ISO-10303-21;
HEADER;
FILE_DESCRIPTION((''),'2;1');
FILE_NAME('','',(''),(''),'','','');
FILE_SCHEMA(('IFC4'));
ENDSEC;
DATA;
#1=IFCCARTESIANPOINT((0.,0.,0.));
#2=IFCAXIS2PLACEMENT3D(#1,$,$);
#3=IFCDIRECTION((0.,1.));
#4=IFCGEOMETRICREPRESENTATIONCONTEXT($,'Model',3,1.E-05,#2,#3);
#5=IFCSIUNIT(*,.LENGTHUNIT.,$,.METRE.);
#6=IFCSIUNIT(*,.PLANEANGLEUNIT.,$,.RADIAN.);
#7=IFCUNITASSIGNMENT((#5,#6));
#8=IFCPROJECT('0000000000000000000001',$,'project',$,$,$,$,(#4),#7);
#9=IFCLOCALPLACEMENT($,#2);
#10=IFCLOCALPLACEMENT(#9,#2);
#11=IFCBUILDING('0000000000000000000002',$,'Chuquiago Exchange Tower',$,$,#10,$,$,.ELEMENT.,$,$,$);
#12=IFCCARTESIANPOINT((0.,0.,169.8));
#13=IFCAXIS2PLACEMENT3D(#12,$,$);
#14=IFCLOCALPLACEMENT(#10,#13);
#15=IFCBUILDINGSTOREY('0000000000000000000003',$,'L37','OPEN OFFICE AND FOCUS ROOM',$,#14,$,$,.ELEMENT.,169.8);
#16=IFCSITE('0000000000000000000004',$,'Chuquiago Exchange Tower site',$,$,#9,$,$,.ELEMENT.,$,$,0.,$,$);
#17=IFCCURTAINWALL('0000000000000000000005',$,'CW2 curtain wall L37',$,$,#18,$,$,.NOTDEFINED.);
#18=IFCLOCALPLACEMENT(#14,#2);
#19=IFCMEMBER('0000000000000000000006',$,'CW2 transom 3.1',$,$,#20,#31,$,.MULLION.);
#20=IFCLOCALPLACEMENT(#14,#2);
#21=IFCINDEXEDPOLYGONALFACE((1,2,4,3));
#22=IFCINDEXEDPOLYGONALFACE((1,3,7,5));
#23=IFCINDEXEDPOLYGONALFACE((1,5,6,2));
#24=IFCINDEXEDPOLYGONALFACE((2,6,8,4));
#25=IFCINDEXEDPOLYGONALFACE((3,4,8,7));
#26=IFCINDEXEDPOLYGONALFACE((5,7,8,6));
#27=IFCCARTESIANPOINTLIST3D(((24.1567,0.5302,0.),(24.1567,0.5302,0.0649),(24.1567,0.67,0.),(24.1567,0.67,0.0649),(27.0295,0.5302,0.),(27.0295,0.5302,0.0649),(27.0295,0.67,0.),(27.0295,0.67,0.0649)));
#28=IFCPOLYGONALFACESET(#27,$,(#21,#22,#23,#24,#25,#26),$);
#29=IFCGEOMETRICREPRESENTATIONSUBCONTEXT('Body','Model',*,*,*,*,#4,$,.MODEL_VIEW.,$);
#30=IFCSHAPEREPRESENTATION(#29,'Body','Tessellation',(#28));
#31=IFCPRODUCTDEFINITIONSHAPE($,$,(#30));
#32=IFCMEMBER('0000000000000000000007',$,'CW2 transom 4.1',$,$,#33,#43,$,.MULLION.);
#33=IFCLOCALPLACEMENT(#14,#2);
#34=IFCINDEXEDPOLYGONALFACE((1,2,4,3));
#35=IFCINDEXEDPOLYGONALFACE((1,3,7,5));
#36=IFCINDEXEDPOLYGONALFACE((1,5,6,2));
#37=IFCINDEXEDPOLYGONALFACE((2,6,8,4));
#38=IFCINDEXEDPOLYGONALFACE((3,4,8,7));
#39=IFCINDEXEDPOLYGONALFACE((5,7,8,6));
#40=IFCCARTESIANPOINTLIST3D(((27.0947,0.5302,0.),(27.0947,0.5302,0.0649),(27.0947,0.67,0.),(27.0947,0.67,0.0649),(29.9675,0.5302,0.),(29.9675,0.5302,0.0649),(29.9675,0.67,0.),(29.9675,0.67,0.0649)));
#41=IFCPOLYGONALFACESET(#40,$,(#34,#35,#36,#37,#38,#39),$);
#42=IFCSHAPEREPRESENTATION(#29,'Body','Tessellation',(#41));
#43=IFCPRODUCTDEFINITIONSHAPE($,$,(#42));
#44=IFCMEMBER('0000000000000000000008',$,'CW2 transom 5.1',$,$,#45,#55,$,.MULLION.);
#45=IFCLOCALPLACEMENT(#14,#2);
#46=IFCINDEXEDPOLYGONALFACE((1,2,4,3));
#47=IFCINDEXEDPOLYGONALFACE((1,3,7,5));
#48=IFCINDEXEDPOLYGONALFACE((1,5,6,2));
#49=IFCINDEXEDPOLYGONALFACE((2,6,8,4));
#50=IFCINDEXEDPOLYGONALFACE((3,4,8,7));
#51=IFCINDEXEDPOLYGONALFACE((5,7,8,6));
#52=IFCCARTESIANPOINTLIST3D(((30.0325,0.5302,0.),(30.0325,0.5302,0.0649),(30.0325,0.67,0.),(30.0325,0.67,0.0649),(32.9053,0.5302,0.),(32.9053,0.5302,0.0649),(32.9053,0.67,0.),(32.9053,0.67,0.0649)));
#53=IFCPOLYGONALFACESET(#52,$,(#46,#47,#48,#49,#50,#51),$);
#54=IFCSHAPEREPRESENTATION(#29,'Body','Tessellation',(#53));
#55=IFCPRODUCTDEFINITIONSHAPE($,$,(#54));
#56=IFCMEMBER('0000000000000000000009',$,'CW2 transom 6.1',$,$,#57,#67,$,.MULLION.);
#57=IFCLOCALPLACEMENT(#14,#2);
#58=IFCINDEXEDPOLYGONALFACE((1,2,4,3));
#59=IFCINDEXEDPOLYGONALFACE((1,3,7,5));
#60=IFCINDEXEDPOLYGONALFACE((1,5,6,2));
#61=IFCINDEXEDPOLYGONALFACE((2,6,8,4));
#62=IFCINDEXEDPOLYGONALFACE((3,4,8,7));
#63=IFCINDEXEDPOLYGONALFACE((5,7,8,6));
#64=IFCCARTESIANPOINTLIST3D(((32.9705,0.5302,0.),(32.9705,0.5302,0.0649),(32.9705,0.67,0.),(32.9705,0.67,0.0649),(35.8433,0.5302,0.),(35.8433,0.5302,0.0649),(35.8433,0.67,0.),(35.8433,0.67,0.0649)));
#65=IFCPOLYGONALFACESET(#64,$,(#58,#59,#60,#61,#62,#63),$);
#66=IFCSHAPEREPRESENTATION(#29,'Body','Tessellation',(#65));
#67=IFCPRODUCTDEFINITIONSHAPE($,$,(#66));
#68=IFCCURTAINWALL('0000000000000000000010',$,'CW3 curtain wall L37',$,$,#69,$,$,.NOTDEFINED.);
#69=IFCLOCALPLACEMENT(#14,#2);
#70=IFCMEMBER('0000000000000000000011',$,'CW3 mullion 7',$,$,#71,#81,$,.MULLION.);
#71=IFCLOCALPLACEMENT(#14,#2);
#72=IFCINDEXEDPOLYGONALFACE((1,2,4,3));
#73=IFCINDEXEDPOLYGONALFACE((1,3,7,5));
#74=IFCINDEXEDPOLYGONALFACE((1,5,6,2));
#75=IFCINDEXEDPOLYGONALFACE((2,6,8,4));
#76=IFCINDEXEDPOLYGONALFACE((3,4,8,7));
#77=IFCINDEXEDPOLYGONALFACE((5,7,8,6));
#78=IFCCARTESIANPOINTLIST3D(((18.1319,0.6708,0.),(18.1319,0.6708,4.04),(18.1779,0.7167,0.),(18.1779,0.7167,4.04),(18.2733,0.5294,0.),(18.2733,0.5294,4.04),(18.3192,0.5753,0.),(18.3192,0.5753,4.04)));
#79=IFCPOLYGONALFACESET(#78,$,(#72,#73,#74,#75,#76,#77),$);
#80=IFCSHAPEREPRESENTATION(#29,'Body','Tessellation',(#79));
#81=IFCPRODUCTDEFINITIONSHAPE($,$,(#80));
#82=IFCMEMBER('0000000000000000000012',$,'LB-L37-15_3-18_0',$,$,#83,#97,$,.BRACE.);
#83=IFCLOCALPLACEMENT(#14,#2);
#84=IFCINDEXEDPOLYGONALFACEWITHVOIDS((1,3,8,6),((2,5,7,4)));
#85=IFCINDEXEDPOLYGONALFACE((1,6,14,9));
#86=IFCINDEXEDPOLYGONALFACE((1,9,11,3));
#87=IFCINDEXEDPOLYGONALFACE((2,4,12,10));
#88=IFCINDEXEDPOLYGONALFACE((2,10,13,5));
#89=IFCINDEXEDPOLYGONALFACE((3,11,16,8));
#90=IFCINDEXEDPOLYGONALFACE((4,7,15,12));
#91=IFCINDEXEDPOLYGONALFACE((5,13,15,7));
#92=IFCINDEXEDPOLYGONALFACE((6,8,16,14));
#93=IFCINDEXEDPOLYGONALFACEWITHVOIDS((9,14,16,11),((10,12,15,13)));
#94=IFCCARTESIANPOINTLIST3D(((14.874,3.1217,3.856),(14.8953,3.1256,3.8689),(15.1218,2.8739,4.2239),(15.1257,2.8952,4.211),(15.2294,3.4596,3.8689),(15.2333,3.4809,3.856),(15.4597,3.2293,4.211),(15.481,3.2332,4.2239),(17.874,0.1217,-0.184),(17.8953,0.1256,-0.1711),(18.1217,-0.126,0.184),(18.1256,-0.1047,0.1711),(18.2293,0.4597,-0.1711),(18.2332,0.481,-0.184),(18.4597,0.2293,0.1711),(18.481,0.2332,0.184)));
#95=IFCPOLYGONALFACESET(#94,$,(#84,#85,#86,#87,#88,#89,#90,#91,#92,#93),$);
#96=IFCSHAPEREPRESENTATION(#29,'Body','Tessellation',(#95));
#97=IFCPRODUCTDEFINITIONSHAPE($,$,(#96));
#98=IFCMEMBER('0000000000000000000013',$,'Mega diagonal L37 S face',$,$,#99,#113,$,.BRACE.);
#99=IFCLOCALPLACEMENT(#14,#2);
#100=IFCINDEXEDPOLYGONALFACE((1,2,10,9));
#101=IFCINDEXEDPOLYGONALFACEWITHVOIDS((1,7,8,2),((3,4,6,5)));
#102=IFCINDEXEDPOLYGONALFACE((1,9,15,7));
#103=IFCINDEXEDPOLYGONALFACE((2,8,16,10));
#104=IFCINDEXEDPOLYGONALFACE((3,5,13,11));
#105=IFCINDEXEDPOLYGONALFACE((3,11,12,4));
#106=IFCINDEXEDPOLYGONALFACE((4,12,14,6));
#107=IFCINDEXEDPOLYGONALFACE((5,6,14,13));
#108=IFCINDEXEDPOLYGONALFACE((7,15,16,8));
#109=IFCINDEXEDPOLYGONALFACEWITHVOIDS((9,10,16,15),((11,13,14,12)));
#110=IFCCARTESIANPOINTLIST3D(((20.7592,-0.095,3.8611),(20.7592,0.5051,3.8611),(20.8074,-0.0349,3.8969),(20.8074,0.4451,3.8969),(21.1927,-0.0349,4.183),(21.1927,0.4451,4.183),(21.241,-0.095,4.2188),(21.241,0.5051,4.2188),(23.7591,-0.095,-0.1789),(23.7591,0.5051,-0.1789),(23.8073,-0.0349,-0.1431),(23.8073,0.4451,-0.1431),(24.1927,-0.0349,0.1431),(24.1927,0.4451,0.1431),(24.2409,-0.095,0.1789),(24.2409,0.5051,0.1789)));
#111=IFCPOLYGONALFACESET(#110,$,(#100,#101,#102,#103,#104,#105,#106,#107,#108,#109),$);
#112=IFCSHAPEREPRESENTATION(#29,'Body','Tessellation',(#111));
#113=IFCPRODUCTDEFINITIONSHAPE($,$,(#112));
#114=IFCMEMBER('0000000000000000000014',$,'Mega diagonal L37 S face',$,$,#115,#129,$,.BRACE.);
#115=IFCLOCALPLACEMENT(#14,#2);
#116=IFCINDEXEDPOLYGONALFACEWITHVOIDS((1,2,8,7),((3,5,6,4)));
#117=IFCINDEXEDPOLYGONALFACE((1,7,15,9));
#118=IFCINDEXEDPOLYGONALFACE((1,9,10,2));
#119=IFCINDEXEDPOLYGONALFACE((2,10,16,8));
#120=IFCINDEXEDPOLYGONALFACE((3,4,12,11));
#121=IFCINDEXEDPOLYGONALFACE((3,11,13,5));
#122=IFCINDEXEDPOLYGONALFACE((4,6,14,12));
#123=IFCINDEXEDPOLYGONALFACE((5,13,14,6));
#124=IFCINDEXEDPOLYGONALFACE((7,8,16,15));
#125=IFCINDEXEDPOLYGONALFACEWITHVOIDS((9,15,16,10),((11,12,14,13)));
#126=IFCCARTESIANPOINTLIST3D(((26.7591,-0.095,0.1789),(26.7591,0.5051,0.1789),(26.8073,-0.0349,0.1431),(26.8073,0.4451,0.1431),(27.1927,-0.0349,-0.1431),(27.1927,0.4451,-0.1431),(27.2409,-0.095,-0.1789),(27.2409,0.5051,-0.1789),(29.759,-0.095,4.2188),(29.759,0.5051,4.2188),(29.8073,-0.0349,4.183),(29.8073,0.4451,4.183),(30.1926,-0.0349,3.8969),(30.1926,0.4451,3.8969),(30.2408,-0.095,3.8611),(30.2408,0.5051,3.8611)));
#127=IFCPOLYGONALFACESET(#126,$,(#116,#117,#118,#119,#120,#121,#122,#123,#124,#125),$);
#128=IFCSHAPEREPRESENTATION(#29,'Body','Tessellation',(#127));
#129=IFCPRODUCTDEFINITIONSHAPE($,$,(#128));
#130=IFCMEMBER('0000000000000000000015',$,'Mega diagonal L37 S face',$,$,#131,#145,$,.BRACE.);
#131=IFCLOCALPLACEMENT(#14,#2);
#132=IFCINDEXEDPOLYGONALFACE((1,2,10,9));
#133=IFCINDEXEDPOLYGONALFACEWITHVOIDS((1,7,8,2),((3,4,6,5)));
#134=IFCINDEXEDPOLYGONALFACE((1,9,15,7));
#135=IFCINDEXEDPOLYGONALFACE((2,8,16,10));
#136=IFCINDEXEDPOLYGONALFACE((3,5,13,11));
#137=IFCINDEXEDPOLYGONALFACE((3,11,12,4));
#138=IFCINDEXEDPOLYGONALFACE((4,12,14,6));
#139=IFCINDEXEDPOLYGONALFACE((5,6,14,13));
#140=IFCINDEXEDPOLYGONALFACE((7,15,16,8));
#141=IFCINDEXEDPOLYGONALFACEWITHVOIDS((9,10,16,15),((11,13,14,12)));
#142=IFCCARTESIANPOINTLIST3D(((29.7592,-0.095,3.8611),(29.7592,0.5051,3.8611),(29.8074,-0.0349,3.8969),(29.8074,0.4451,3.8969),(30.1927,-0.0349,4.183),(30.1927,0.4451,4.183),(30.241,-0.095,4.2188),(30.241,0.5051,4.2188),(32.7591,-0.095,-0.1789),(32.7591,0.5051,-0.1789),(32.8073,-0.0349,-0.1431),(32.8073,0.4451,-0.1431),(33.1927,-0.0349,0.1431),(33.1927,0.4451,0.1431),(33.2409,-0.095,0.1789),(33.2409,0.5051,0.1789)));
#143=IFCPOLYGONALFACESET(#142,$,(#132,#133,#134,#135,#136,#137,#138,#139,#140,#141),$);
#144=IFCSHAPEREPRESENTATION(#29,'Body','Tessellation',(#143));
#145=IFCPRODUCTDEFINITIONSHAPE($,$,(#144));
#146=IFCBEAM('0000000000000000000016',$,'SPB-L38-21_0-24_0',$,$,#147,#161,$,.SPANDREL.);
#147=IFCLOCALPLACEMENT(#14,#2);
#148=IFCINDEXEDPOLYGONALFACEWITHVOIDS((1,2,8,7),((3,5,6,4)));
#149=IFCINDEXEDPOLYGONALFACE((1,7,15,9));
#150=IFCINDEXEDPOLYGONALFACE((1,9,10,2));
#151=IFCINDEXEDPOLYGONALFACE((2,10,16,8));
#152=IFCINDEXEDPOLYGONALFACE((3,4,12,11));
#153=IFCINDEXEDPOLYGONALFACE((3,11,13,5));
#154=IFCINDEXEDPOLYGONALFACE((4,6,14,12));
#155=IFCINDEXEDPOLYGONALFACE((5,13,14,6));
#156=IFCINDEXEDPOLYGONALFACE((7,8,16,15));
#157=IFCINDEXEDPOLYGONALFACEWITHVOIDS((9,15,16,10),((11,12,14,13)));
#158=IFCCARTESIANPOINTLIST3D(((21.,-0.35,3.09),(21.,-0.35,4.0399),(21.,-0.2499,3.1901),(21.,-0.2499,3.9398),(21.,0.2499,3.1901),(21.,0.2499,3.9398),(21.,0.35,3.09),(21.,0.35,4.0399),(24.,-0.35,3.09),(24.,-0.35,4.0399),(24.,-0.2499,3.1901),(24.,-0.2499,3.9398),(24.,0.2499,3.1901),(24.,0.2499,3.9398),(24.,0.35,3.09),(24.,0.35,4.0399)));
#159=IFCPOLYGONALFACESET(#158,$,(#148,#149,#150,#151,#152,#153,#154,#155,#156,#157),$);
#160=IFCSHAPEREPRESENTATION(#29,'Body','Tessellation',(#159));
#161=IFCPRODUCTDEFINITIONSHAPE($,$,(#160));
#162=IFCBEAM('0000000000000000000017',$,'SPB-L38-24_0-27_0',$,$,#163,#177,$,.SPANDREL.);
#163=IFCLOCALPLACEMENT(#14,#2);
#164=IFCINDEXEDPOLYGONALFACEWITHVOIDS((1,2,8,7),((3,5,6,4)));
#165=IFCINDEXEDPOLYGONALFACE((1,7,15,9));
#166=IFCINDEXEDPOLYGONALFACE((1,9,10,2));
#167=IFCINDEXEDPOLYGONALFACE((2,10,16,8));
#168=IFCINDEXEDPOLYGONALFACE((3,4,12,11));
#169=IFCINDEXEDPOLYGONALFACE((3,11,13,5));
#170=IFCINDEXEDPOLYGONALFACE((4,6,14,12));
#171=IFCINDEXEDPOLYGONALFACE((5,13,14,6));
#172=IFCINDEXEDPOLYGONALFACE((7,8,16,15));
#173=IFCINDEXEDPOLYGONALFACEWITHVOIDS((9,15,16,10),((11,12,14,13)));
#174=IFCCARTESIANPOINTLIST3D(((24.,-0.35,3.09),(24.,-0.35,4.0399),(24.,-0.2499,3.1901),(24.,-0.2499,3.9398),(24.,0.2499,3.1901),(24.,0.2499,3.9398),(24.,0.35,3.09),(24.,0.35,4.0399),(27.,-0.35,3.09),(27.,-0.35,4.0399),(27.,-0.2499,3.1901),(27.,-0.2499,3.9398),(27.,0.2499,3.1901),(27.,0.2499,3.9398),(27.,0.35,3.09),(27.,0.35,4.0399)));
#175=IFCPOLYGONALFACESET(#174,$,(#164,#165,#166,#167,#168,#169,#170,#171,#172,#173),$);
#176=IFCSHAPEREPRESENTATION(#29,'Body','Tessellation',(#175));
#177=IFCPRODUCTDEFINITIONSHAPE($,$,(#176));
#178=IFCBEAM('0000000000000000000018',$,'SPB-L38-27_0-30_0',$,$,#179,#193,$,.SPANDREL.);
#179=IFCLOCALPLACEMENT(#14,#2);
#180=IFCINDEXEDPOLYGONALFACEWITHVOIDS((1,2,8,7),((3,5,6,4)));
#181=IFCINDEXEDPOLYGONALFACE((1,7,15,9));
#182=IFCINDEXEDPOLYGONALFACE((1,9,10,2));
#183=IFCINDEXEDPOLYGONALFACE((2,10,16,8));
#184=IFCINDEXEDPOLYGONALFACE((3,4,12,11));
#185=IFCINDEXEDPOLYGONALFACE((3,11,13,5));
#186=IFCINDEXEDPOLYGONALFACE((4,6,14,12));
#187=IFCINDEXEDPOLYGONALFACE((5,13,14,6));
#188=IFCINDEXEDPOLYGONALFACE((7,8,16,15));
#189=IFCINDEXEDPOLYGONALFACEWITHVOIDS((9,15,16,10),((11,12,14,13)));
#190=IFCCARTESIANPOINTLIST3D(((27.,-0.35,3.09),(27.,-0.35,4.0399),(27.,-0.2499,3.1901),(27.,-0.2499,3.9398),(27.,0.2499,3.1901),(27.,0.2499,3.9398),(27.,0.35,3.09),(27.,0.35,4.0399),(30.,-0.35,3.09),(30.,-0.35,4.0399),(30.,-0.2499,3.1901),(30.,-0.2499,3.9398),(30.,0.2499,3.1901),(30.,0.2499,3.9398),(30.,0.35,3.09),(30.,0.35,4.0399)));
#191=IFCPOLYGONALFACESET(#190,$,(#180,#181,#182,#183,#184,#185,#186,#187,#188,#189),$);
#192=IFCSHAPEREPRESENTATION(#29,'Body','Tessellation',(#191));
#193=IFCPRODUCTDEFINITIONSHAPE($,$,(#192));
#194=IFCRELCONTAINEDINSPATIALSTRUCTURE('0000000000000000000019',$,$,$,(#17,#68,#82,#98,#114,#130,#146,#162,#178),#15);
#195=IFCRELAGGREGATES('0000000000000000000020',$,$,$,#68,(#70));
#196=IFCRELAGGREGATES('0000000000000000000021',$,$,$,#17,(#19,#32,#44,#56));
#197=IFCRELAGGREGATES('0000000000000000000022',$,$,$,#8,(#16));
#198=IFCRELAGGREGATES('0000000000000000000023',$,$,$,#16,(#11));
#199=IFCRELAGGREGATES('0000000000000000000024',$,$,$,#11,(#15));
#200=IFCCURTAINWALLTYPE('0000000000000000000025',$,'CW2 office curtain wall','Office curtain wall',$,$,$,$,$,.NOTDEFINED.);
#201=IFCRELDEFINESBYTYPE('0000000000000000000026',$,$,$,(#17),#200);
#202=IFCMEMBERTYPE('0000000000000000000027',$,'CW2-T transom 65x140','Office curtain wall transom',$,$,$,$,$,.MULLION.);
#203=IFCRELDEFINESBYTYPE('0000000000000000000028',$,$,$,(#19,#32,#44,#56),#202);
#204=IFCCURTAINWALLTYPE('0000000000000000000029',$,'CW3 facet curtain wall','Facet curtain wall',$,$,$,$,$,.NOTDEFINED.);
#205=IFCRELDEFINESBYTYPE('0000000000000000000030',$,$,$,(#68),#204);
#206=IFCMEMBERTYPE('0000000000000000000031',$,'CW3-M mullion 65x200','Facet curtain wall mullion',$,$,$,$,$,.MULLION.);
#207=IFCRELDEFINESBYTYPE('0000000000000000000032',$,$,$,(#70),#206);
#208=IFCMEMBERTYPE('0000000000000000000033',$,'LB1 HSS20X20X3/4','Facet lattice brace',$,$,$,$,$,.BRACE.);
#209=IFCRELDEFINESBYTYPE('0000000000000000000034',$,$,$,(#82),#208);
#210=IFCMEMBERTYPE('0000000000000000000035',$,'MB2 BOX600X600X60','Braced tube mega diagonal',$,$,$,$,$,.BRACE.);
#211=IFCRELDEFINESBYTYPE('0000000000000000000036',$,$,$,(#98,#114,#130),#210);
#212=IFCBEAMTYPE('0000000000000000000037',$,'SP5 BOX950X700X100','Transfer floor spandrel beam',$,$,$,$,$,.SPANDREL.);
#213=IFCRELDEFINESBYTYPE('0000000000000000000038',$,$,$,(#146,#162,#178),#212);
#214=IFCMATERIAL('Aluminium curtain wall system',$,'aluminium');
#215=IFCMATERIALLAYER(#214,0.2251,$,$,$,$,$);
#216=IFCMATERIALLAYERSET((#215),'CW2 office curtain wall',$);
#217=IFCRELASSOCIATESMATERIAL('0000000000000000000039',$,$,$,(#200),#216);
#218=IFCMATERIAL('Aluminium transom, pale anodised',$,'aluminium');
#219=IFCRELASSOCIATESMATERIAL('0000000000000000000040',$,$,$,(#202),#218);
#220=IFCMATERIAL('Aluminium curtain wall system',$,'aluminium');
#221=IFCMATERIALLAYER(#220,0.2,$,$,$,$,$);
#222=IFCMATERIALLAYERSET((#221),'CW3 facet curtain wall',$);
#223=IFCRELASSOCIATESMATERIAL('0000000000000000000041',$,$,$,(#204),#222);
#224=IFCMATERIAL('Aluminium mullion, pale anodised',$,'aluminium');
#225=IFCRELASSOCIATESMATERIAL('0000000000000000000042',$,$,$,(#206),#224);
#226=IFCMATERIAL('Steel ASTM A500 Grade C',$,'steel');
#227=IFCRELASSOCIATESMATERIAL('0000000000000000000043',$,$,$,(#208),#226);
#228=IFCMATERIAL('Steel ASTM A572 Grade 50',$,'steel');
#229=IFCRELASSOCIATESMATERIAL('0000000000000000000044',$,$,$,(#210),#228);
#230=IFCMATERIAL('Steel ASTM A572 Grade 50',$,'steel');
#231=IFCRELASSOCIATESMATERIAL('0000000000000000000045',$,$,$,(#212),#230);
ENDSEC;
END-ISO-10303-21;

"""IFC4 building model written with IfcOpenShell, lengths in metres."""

from ifc_helpers import new_model, si_unit, direction, frame, origin, origin_2d, place, context, subcontext, project, spatial, rectangle, hollow_rectangle, extrude, material, layer, layer_set, material_profile, profile_set, type_object, element, aggregate, save


model = new_model("IFC4")

# Units and contexts
model_context = context("Model", 3, precision=1e-05, world=origin(), true_north=direction((0.0, 1.0)))
body_context = subcontext(model_context, "Body", "Model", "MODEL_VIEW")
ifc_project = project(units=[si_unit("LENGTHUNIT", "METRE"), si_unit("PLANEANGLEUNIT", "RADIAN")], contexts=[model_context])

# Site, building, storey
site_placement = place(None, origin())
site = spatial("IfcSite", under=ifc_project, at=site_placement, Name="Chuquiago Exchange Tower site", CompositionType="ELEMENT", RefElevation=0.0)
building_placement = place(site_placement, origin())
building = spatial("IfcBuilding", under=site, at=building_placement, Name="Chuquiago Exchange Tower", CompositionType="ELEMENT")
storey_placement = place(building_placement, frame((0.0, 0.0, 169.8)))
storey = spatial("IfcBuildingStorey", under=building, at=storey_placement, Name="L37", Description="OPEN OFFICE AND FOCUS ROOM", CompositionType="ELEMENT", Elevation=169.8)

# Curtain wall, members
ifc_material_1 = material(Name="Aluminium curtain wall system", Category="aluminium")
ifc_layer_1 = layer(ifc_material_1, 0.2251)
ifc_layer_set_1 = layer_set([ifc_layer_1], Name="CW2 office curtain wall")
curtain_wall_type_1 = type_object("IfcCurtainWallType", Name="CW2 office curtain wall", Description="Office curtain wall", PredefinedType="NOTDEFINED", material=ifc_layer_set_1)
curtain_wall_1_placement = place(storey_placement, origin())
curtain_wall_1 = element("IfcCurtainWall", 1, at=curtain_wall_1_placement, inside=storey, type_object=curtain_wall_type_1, Name="CW2 curtain wall L37", PredefinedType="NOTDEFINED")
ifc_material_2 = material(Name="Aluminium transom, pale anodised", Category="aluminium")
ifc_material_profile_1 = material_profile(ifc_material_2, rectangle(XDim=0.1399, YDim=0.0649, at=origin_2d()), Name="AL 140x65")
ifc_profile_set_1 = profile_set([ifc_material_profile_1], Name="Aluminium transom, pale anodised")
member_type_1 = type_object("IfcMemberType", Name="CW2-T transom 65x140", Description="Office curtain wall transom", PredefinedType="MULLION", material=ifc_profile_set_1)
member_1_placement = place(storey_placement, frame((24.1567, 0.6001, 0.0325), z_axis=(1.0, 0.0, 0.0), x_axis=(0.0, 1.0, 0.0)))
member_1 = element("IfcMember", 2, at=member_1_placement, type_object=member_type_1, Name="CW2 transom 3.1", PredefinedType="MULLION", context=body_context, shape_type="SweptSolid", body=[
    extrude(rectangle(XDim=0.1399, YDim=0.0649, at=origin_2d()), origin(), (0.0, 0.0, 1.0), 2.8728),
])
member_2_placement = place(storey_placement, frame((27.0947, 0.6001, 0.0325), z_axis=(1.0, 0.0, 0.0), x_axis=(0.0, 1.0, 0.0)))
member_2 = element("IfcMember", 3, at=member_2_placement, type_object=member_type_1, Name="CW2 transom 4.1", PredefinedType="MULLION", context=body_context, shape_type="SweptSolid", body=[
    extrude(rectangle(XDim=0.1399, YDim=0.0649, at=origin_2d()), origin(), (0.0, 0.0, 1.0), 2.8728),
])
member_3_placement = place(storey_placement, frame((30.0325, 0.6001, 0.0325), z_axis=(1.0, 0.0, 0.0), x_axis=(0.0, 1.0, 0.0)))
member_3 = element("IfcMember", 4, at=member_3_placement, type_object=member_type_1, Name="CW2 transom 5.1", PredefinedType="MULLION", context=body_context, shape_type="SweptSolid", body=[
    extrude(rectangle(XDim=0.1399, YDim=0.0649, at=origin_2d()), origin(), (0.0, 0.0, 1.0), 2.8728),
])
member_4_placement = place(storey_placement, frame((32.9705, 0.6001, 0.0325), z_axis=(1.0, 0.0, 0.0), x_axis=(0.0, 1.0, 0.0)))
member_4 = element("IfcMember", 5, at=member_4_placement, type_object=member_type_1, Name="CW2 transom 6.1", PredefinedType="MULLION", context=body_context, shape_type="SweptSolid", body=[
    extrude(rectangle(XDim=0.1399, YDim=0.0649, at=origin_2d()), origin(), (0.0, 0.0, 1.0), 2.8728),
])

# Curtain wall, member
ifc_material_3 = material(Name="Aluminium curtain wall system", Category="aluminium")
ifc_layer_2 = layer(ifc_material_3, 0.2)
ifc_layer_set_2 = layer_set([ifc_layer_2], Name="CW3 facet curtain wall")
curtain_wall_type_2 = type_object("IfcCurtainWallType", Name="CW3 facet curtain wall", Description="Facet curtain wall", PredefinedType="NOTDEFINED", material=ifc_layer_set_2)
curtain_wall_2_placement = place(storey_placement, origin())
curtain_wall_2 = element("IfcCurtainWall", 6, at=curtain_wall_2_placement, inside=storey, type_object=curtain_wall_type_2, Name="CW3 curtain wall L37", PredefinedType="NOTDEFINED")
ifc_material_4 = material(Name="Aluminium mullion, pale anodised", Category="aluminium")
ifc_material_profile_2 = material_profile(ifc_material_4, rectangle(XDim=0.0649, YDim=0.2, at=origin_2d()), Name="AL 65x200")
ifc_profile_set_2 = profile_set([ifc_material_profile_2], Name="Aluminium mullion, pale anodised")
member_type_2 = type_object("IfcMemberType", Name="CW3-M mullion 65x200", Description="Facet curtain wall mullion", PredefinedType="MULLION", material=ifc_profile_set_2)
member_5_placement = place(storey_placement, frame((18.2256, 0.623, 0.0), z_axis=(0.0, 0.0, 1.0), x_axis=(0.707107, 0.707107, 0.0)))
member_5 = element("IfcMember", 7, at=member_5_placement, type_object=member_type_2, Name="CW3 mullion 7", PredefinedType="MULLION", context=body_context, shape_type="SweptSolid", body=[
    extrude(rectangle(XDim=0.0649, YDim=0.2, at=origin_2d()), origin(), (0.0, 0.0, 1.0), 4.04),
])
aggregate(curtain_wall_2, [member_5])

# Members
ifc_material_5 = material(Name="Steel ASTM A500 Grade C", Category="steel")
ifc_material_profile_3 = material_profile(ifc_material_5, hollow_rectangle(XDim=0.5081, YDim=0.5081, WallThickness=0.0178, at=origin_2d()), Name="HSS20X20X3/4")
ifc_profile_set_3 = profile_set([ifc_material_profile_3], Name="Steel ASTM A500 Grade C")
member_type_3 = type_object("IfcMemberType", Name="LB1 HSS20X20X3/4", Description="Facet lattice brace", PredefinedType="BRACE", material=ifc_profile_set_3)
member_6_placement = place(storey_placement, frame((18.1775, 0.1775, 0.0), z_axis=(-0.512077, 0.512077, 0.689604), x_axis=(-0.707107, -0.707107, 0.0)))
element("IfcMember", 8, at=member_6_placement, inside=storey, type_object=member_type_3, Name="LB-L37-15_3-18_0", PredefinedType="BRACE", context=body_context, shape_type="SweptSolid", body=[
    extrude(hollow_rectangle(XDim=0.5081, YDim=0.5081, WallThickness=0.0178, at=origin_2d()), origin(), (0.0, 0.0, 1.0), 5.8584),
])
ifc_material_6 = material(Name="Steel ASTM A572 Grade 50", Category="steel")
ifc_material_profile_4 = material_profile(ifc_material_6, hollow_rectangle(XDim=0.6001, YDim=0.6001, WallThickness=0.0601, at=origin_2d()), Name="BOX600X600X60")
ifc_profile_set_4 = profile_set([ifc_material_profile_4], Name="Steel ASTM A572 Grade 50")
member_type_4 = type_object("IfcMemberType", Name="MB2 BOX600X600X60", Description="Braced tube mega diagonal", PredefinedType="BRACE", material=ifc_profile_set_4)
for number, where, z_axis, x_axis, name in (
    (9, (24.0, 0.2051, 0.0), (-0.596174, 0.0, 0.802855), (0.0, -1.0, 0.0), "Mega diagonal L37 S face"),
    (10, (27.0, 0.2051, 0.0), (0.596174, 0.0, 0.802855), (0.0, 1.0, 0.0), "Mega diagonal L37 S face"),
    (11, (33.0, 0.2051, 0.0), (-0.596174, 0.0, 0.802855), (0.0, -1.0, 0.0), "Mega diagonal L37 S face"),
):
    element("IfcMember", number, at=place(storey_placement, frame(where, z_axis=z_axis, x_axis=x_axis)), inside=storey, type_object=member_type_4, Name=name, PredefinedType="BRACE", context=body_context, shape_type="SweptSolid", body=[
        extrude(hollow_rectangle(XDim=0.6001, YDim=0.6001, WallThickness=0.0601, at=origin_2d()), origin(), (0.0, 0.0, 1.0), 5.032),
    ])

# Beams
ifc_material_7 = material(Name="Steel ASTM A572 Grade 50", Category="steel")
ifc_material_profile_5 = material_profile(ifc_material_7, hollow_rectangle(XDim=0.7, YDim=0.95, WallThickness=0.1001, at=origin_2d()), Name="BOX950X700X100")
ifc_profile_set_5 = profile_set([ifc_material_profile_5], Name="Steel ASTM A572 Grade 50")
beam_type = type_object("IfcBeamType", Name="SP5 BOX950X700X100", Description="Transfer floor spandrel beam", PredefinedType="SPANDREL", material=ifc_profile_set_5)
for number, where, z_axis, x_axis, name in (
    (12, (21.0, 0.0, 3.5649), (1.0, 0.0, 0.0), (0.0, 1.0, 0.0), "SPB-L38-21_0-24_0"),
    (13, (24.0, 0.0, 3.5649), (1.0, 0.0, 0.0), (0.0, 1.0, 0.0), "SPB-L38-24_0-27_0"),
    (14, (27.0, 0.0, 3.5649), (1.0, 0.0, 0.0), (0.0, 1.0, 0.0), "SPB-L38-27_0-30_0"),
):
    element("IfcBeam", number, at=place(storey_placement, frame(where, z_axis=z_axis, x_axis=x_axis)), inside=storey, type_object=beam_type, Name=name, PredefinedType="SPANDREL", context=body_context, shape_type="SweptSolid", body=[
        extrude(hollow_rectangle(XDim=0.7, YDim=0.95, WallThickness=0.1001, at=origin_2d()), origin(), (0.0, 0.0, 1.0), 3.0),
    ])

aggregate(curtain_wall_1, [member_1, member_2, member_3, member_4])

save(model, "model.ifc")
